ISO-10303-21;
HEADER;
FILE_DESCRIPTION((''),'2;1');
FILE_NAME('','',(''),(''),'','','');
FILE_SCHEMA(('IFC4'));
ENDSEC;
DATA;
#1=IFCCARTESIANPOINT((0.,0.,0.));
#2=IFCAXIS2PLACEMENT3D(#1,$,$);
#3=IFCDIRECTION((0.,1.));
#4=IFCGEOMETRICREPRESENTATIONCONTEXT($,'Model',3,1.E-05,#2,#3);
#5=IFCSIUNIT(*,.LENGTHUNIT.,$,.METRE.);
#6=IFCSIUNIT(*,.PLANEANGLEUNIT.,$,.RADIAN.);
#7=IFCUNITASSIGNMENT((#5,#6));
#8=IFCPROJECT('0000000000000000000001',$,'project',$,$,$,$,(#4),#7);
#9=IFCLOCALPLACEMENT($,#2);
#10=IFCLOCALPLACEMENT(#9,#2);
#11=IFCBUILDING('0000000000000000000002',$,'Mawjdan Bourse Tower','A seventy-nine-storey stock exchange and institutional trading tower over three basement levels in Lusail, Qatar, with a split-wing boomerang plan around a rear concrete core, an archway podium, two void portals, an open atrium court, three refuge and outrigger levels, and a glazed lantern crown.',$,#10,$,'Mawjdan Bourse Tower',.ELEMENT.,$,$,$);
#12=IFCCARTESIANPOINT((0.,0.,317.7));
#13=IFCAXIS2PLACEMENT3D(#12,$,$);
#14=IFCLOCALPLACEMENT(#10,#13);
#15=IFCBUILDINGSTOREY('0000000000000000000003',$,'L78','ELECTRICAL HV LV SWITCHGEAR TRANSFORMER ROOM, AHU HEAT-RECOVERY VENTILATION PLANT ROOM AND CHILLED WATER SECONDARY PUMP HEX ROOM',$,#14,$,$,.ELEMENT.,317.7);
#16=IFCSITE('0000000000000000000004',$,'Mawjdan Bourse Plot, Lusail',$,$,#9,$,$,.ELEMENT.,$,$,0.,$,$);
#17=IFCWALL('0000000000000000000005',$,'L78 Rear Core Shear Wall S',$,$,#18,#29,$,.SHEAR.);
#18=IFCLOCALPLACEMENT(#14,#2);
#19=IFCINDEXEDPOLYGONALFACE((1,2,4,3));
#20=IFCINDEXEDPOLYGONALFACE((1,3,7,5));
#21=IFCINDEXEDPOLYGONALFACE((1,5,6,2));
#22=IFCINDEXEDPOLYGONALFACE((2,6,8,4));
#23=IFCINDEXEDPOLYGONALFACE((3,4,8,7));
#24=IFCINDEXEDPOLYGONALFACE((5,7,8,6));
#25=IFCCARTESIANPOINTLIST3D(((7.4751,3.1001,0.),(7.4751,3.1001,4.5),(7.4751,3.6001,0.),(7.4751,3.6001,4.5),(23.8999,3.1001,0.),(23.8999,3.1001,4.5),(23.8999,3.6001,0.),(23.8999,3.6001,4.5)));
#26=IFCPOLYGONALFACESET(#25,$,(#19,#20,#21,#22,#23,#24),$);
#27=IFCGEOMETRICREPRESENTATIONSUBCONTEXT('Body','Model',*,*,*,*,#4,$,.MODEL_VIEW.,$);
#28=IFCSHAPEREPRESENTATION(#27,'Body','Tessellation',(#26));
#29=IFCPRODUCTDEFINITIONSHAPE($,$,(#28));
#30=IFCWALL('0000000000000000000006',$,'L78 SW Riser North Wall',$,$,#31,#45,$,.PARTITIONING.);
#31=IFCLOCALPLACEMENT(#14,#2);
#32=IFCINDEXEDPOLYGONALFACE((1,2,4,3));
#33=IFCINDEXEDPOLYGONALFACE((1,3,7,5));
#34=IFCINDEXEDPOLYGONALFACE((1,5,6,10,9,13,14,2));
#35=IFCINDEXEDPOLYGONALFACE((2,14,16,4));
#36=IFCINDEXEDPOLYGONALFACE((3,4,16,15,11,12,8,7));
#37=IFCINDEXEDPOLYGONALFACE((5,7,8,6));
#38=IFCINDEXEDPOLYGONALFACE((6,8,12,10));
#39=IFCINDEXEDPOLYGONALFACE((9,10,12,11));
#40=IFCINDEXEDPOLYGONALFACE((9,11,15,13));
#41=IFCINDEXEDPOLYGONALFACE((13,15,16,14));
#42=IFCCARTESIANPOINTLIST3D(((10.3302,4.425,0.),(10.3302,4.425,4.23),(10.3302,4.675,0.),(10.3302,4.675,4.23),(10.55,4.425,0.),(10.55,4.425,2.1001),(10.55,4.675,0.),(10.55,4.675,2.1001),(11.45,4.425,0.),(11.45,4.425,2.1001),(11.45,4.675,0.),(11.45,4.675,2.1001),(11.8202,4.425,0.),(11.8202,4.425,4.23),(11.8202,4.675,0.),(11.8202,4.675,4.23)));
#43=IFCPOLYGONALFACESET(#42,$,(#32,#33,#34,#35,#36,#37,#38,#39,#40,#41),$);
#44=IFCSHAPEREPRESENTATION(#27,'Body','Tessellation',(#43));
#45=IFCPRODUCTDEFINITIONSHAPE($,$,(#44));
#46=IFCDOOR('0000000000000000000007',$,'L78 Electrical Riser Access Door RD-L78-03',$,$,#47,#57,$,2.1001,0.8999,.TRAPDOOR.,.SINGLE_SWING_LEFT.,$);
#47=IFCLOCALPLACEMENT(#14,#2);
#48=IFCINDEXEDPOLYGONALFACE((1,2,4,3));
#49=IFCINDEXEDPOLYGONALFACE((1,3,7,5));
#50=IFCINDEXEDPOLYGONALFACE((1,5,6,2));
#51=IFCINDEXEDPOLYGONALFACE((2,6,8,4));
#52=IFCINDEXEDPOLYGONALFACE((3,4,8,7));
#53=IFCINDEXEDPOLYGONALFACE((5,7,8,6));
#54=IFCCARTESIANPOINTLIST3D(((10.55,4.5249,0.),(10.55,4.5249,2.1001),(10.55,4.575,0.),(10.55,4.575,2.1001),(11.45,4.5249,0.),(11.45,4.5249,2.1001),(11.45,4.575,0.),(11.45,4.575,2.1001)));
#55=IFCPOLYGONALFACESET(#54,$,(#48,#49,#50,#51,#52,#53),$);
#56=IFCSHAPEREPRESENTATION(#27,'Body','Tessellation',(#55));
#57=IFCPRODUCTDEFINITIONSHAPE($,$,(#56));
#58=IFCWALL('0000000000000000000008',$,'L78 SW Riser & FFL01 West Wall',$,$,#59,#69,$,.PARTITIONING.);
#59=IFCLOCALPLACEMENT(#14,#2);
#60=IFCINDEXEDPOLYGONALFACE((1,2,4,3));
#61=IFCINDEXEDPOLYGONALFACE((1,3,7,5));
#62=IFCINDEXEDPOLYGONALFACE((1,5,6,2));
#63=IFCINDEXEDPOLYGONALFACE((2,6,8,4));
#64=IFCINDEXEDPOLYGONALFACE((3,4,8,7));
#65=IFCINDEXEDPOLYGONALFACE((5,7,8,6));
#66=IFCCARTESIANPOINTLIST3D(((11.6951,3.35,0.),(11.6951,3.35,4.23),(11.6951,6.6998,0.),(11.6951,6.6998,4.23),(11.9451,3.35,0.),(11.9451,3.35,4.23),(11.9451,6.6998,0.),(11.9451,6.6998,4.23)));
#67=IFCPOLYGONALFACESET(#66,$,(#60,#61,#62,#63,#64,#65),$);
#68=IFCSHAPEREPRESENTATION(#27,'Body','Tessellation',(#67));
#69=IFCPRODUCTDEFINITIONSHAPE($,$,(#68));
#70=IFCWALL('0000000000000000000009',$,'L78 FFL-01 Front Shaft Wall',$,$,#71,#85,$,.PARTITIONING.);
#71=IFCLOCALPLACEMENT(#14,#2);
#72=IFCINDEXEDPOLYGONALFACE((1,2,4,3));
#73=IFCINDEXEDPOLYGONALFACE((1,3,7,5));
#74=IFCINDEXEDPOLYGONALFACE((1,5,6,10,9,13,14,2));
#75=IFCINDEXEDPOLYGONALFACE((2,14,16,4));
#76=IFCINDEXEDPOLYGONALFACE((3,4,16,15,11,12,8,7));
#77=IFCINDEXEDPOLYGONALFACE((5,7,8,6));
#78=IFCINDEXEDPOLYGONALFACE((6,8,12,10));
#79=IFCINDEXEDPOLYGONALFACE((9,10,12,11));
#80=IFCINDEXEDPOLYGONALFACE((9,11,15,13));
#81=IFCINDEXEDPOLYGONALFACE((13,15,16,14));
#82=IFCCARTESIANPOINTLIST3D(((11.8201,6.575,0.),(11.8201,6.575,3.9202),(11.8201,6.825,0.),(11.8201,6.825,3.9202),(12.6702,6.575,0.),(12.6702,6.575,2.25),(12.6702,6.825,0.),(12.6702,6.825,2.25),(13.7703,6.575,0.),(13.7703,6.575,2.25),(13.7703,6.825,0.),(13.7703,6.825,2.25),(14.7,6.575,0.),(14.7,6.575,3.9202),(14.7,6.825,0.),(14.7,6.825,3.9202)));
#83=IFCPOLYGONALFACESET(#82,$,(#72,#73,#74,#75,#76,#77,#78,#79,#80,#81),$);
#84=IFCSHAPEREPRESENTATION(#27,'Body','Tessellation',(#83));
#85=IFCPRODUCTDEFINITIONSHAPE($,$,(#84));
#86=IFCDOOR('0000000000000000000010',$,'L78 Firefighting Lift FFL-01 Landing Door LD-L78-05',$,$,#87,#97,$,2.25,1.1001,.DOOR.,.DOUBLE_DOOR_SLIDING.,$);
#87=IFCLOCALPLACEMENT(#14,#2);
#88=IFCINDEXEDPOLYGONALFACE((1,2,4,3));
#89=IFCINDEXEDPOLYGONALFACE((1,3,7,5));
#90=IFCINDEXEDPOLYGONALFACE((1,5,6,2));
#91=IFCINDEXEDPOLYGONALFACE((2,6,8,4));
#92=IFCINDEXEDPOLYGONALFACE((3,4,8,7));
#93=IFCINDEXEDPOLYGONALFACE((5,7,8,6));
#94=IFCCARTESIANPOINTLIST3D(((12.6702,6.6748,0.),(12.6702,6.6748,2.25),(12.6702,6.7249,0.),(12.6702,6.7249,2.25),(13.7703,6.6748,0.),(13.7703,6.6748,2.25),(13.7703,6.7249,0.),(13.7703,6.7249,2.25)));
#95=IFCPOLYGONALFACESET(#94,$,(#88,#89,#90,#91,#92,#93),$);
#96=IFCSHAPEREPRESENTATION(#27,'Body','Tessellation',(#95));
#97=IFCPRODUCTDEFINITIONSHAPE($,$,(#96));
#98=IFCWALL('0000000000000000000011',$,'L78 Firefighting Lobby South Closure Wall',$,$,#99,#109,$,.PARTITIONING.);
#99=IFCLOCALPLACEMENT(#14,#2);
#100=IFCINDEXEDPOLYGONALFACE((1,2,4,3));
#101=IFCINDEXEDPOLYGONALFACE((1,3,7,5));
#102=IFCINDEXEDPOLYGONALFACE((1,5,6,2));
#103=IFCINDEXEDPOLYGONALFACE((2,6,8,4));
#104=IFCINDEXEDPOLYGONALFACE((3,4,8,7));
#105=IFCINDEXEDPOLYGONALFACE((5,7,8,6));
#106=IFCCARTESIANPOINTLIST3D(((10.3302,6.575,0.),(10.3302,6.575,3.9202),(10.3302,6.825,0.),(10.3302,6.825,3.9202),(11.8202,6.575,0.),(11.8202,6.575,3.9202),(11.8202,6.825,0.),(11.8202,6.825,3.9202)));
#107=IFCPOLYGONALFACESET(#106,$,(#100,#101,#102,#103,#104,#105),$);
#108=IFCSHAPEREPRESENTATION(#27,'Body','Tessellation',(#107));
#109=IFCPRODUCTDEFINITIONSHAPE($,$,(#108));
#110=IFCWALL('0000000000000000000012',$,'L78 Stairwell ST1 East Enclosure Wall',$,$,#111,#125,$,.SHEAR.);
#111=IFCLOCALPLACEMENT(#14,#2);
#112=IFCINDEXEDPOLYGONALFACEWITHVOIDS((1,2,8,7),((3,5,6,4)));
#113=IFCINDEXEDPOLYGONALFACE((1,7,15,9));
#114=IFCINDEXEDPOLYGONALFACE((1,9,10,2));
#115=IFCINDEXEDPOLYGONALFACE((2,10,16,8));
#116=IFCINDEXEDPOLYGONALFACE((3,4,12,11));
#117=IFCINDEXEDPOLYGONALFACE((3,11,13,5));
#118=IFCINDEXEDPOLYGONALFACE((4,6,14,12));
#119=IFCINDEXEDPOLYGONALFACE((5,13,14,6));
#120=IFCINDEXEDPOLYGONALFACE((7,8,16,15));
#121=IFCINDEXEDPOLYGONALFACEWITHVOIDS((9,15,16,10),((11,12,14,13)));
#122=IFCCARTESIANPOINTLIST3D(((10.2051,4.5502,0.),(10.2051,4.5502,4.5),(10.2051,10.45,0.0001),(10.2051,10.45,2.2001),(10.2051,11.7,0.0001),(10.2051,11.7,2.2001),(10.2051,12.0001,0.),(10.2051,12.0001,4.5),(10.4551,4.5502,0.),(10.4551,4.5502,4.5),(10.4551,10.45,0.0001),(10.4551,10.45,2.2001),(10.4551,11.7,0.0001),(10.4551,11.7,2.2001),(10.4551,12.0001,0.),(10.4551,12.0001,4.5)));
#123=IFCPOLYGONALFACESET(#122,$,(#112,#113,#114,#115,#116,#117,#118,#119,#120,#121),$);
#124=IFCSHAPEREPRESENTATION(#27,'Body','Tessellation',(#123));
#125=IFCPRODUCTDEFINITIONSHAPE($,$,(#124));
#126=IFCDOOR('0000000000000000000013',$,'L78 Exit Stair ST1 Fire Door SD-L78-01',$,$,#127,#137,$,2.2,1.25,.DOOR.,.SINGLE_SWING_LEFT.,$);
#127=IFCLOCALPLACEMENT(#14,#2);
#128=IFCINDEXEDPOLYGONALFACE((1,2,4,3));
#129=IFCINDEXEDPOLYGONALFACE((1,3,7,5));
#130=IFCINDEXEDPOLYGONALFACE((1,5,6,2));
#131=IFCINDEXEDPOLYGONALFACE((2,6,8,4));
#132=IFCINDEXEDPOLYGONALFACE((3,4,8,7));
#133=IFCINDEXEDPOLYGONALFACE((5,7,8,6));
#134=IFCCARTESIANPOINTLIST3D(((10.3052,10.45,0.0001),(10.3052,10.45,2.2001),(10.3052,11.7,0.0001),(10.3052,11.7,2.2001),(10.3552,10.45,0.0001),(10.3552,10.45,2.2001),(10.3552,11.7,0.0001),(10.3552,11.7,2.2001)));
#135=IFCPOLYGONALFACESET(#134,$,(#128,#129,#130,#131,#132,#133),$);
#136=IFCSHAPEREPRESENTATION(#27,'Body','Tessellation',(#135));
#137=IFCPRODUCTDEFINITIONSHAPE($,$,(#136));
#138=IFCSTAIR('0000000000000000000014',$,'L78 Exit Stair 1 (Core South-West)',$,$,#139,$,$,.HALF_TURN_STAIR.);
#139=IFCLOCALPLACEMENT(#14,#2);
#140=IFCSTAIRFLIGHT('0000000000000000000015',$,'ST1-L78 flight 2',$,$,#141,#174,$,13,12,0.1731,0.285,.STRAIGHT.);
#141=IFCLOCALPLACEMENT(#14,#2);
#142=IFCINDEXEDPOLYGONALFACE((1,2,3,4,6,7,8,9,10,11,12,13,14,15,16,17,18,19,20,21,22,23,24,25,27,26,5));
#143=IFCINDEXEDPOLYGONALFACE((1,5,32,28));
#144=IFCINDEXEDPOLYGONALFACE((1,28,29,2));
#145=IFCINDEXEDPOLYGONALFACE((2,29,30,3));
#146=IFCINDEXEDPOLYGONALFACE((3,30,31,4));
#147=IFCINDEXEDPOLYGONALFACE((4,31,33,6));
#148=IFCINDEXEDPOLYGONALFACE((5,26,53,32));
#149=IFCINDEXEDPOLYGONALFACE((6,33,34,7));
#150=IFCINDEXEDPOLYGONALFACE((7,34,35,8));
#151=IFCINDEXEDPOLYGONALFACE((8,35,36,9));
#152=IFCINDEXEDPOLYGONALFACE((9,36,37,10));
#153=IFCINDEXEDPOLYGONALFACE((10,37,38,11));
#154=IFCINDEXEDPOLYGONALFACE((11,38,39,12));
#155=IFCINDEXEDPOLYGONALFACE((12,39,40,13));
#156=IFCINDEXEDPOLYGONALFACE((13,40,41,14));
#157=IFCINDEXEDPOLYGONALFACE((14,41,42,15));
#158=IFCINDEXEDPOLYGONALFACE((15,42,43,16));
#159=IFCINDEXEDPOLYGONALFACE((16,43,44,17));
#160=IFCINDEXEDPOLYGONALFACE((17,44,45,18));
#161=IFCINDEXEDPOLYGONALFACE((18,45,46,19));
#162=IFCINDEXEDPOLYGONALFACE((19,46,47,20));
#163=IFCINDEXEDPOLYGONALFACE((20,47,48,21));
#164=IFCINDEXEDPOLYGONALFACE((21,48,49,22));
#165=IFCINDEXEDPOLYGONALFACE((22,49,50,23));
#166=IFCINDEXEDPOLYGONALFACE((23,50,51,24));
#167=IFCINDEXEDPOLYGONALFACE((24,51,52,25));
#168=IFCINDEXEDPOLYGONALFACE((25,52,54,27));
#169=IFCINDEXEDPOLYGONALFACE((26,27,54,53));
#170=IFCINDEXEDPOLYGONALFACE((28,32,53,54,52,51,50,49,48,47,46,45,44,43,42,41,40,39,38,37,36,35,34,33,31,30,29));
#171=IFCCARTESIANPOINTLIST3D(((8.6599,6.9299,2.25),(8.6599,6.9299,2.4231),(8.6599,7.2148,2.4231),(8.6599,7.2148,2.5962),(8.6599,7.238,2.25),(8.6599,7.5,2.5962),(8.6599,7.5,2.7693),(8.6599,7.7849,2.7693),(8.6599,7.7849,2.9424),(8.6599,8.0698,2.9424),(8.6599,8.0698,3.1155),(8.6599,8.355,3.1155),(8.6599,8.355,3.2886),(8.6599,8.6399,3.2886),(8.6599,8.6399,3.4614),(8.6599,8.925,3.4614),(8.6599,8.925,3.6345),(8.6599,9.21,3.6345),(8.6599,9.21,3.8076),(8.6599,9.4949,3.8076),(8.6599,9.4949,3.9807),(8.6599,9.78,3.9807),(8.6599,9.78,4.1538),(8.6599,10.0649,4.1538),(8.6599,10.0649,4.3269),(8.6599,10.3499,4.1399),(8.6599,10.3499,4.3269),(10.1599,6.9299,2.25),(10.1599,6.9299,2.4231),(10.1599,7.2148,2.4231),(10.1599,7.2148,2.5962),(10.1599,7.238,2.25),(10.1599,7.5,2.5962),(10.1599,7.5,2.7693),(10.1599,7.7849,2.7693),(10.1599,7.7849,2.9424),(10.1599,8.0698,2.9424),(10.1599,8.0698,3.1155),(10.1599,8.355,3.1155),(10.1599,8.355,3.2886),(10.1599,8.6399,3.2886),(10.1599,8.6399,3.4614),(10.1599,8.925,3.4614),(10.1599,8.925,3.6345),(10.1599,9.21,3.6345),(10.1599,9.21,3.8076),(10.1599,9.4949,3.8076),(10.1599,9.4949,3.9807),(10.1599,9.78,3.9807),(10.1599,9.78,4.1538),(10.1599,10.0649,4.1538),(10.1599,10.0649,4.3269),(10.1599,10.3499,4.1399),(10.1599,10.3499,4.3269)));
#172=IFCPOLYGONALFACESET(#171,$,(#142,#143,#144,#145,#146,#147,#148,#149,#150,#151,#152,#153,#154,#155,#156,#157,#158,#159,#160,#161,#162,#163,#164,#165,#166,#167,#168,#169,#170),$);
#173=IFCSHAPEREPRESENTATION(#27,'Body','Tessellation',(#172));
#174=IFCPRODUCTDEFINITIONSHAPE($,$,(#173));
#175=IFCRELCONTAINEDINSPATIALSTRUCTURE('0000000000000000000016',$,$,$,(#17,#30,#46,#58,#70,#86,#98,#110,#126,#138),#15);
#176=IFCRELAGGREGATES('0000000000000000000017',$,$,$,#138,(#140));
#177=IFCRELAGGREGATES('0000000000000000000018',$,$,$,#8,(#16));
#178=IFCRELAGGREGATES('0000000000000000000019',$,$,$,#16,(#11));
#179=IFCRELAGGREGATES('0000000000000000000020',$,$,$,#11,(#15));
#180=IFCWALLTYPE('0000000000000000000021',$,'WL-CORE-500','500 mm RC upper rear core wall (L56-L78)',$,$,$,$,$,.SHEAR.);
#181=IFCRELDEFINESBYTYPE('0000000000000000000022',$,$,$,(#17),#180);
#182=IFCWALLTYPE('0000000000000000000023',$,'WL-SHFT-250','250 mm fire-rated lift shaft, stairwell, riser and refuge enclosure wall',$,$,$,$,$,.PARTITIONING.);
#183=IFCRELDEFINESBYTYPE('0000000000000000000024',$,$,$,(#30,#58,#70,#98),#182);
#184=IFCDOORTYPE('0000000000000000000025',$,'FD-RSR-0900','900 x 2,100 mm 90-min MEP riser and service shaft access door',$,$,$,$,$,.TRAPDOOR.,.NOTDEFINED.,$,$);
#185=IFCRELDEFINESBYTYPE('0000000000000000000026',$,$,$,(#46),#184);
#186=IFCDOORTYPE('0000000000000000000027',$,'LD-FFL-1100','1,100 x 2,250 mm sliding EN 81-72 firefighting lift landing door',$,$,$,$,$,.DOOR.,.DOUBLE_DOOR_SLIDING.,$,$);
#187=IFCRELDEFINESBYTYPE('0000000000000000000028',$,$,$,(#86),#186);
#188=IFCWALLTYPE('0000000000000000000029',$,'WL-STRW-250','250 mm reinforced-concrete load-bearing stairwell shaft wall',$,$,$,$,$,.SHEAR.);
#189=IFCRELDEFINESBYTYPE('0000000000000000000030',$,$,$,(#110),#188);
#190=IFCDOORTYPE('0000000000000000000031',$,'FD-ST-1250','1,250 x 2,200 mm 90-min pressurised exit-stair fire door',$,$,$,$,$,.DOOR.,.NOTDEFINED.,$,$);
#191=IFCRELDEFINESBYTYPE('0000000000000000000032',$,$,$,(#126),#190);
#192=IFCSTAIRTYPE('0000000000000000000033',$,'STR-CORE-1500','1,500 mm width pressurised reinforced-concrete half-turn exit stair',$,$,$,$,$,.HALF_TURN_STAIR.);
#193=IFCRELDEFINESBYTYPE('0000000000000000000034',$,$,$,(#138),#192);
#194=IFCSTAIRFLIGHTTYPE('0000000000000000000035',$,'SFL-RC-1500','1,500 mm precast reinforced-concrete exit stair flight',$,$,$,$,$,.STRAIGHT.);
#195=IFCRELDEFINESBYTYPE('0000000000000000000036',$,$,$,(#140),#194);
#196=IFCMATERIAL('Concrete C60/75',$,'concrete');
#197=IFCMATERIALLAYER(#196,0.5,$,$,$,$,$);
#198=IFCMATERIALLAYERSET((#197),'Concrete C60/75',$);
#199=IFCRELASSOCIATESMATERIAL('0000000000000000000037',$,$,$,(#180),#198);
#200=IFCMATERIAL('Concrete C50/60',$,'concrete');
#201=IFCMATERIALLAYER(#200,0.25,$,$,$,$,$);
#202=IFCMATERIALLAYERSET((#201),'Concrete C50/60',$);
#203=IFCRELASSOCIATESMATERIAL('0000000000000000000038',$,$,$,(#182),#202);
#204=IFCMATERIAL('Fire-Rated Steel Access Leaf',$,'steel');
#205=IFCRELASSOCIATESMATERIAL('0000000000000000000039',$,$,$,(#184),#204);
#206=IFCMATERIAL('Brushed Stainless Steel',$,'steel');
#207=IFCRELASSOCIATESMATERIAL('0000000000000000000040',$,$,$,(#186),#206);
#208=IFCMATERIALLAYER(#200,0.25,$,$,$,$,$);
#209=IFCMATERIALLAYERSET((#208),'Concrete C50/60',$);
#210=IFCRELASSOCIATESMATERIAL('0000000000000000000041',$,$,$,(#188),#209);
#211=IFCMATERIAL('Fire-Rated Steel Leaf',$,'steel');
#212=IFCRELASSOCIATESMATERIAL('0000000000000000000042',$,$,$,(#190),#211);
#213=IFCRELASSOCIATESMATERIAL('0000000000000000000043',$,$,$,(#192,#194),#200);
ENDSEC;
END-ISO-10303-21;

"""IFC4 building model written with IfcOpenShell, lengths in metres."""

from ifc_helpers import new_model, si_unit, direction, frame, frame_2d, origin, place, context, subcontext, project, spatial, polyline, rectangle, outline, extrude, material, layer, layer_set, type_object, element, fill, aggregate, save


model = new_model("IFC4")

# Units and contexts
model_context = context("Model", 3, precision=1e-05, world=origin(), true_north=direction((0.0, 1.0)))
body_context = subcontext(model_context, "Body", "Model", "MODEL_VIEW")
ifc_project = project(units=[si_unit("LENGTHUNIT", "METRE"), si_unit("PLANEANGLEUNIT", "RADIAN")], contexts=[model_context])

# Site, building, storey
site_placement = place(None, origin())
site = spatial("IfcSite", under=ifc_project, at=site_placement, Name="Mawjdan Bourse Plot, Lusail", CompositionType="ELEMENT", RefElevation=0.0)
building_placement = place(site_placement, origin())
building = spatial("IfcBuilding", under=site, at=building_placement, Name="Mawjdan Bourse Tower", Description="A seventy-nine-storey stock exchange and institutional trading tower over three basement levels in Lusail, Qatar, with a split-wing boomerang plan around a rear concrete core, an archway podium, two void portals, an open atrium court, three refuge and outrigger levels, and a glazed lantern crown.", LongName="Mawjdan Bourse Tower", CompositionType="ELEMENT")
storey_placement = place(building_placement, frame((0.0, 0.0, 317.7)))
storey = spatial("IfcBuildingStorey", under=building, at=storey_placement, Name="L78", Description="ELECTRICAL HV LV SWITCHGEAR TRANSFORMER ROOM, AHU HEAT-RECOVERY VENTILATION PLANT ROOM AND CHILLED WATER SECONDARY PUMP HEX ROOM", CompositionType="ELEMENT", Elevation=317.7)

# Wall
ifc_material_1 = material(Name="Concrete C60/75", Category="concrete")
ifc_layer_1 = layer(ifc_material_1, 0.5)
ifc_layer_set_1 = layer_set([ifc_layer_1], Name="Concrete C60/75")
wall_type_1 = type_object("IfcWallType", Name="WL-CORE-500", Description="500 mm RC upper rear core wall (L56-L78)", PredefinedType="SHEAR", material=ifc_layer_set_1)
wall_1_placement = place(storey_placement, frame((7.4751, 3.3501, 0.0), z_axis=(0.0, 0.0, 1.0), x_axis=(1.0, 0.0, 0.0)))
element("IfcWall", 1, at=wall_1_placement, inside=storey, type_object=wall_type_1, Name="L78 Rear Core Shear Wall S", PredefinedType="SHEAR", context=body_context, shape_type="SweptSolid", body=[
    extrude(rectangle(XDim=16.4248, YDim=0.5, at=frame_2d((8.2124, 0.0))), origin(), (0.0, 0.0, 1.0), 4.5),
])

# Wall, opening, door
ifc_material_2 = material(Name="Concrete C50/60", Category="concrete")
ifc_layer_2 = layer(ifc_material_2, 0.25)
ifc_layer_set_2 = layer_set([ifc_layer_2], Name="Concrete C50/60")
wall_type_2 = type_object("IfcWallType", Name="WL-SHFT-250", Description="250 mm fire-rated lift shaft, stairwell, riser and refuge enclosure wall", PredefinedType="PARTITIONING", material=ifc_layer_set_2)
wall_2_placement = place(storey_placement, frame((10.3301, 4.55, 0.0), z_axis=(0.0, 0.0, 1.0), x_axis=(1.0, 0.0, 0.0)))
wall_2 = element("IfcWall", 2, at=wall_2_placement, inside=storey, type_object=wall_type_2, Name="L78 SW Riser North Wall", PredefinedType="PARTITIONING", context=body_context, shape_type="SweptSolid", body=[
    extrude(rectangle(XDim=1.49, YDim=0.25, at=frame_2d((0.7451, 0.0))), origin(), (0.0, 0.0, 1.0), 4.23),
])
opening_1_placement = place(wall_2_placement, frame((0.22, 0.0, 0.0)))
opening_1 = element("IfcOpeningElement", 3, at=opening_1_placement, cuts=wall_2, PredefinedType="OPENING", context=body_context, shape_type="SweptSolid", body=[
    extrude(rectangle(XDim=0.8999, YDim=2.1001, at=frame_2d((0.45, 1.05))), frame((0.0, 0.135, 0.0), z_axis=(0.0, -1.0, 0.0), x_axis=(1.0, 0.0, 0.0)), (0.0, 0.0, 1.0), 0.27),
])
ifc_material_3 = material(Name="Fire-Rated Steel Access Leaf", Category="steel")
door_type_1 = type_object("IfcDoorType", Name="FD-RSR-0900", Description="900 x 2,100 mm 90-min MEP riser and service shaft access door", OperationType="NOTDEFINED", PredefinedType="TRAPDOOR", material=ifc_material_3)
door_1_placement = place(opening_1_placement, origin())
door_1 = element("IfcDoor", 4, at=door_1_placement, inside=storey, type_object=door_type_1, Name="L78 Electrical Riser Access Door RD-L78-03", OperationType="SINGLE_SWING_LEFT", OverallHeight=2.1001, OverallWidth=0.8999, PredefinedType="TRAPDOOR", context=body_context, shape_type="SweptSolid", body=[
    extrude(rectangle(XDim=0.8999, YDim=2.1001, at=frame_2d((0.45, 1.05))), frame((0.0, 0.0249, 0.0), z_axis=(0.0, -1.0, 0.0), x_axis=(1.0, 0.0, 0.0)), (0.0, 0.0, 1.0), 0.05),
])
fill(opening_1, door_1)

# Wall
wall_3_placement = place(storey_placement, frame((11.8201, 3.3501, 0.0), z_axis=(0.0, 0.0, 1.0), x_axis=(0.0, 1.0, 0.0)))
element("IfcWall", 5, at=wall_3_placement, inside=storey, type_object=wall_type_2, Name="L78 SW Riser & FFL01 West Wall", PredefinedType="PARTITIONING", context=body_context, shape_type="SweptSolid", body=[
    extrude(rectangle(XDim=3.3499, YDim=0.25, at=frame_2d((1.6748, 0.0))), origin(), (0.0, 0.0, 1.0), 4.23),
])

# Wall, opening, door
wall_4_placement = place(storey_placement, frame((11.8201, 6.7, 0.0), z_axis=(0.0, 0.0, 1.0), x_axis=(1.0, 0.0, 0.0)))
wall_4 = element("IfcWall", 6, at=wall_4_placement, inside=storey, type_object=wall_type_2, Name="L78 FFL-01 Front Shaft Wall", PredefinedType="PARTITIONING", context=body_context, shape_type="SweptSolid", body=[
    extrude(rectangle(XDim=2.8799, YDim=0.25, at=frame_2d((1.4399, 0.0))), origin(), (0.0, 0.0, 1.0), 3.9202),
])
opening_2_placement = place(wall_4_placement, frame((0.8501, 0.0, 0.0)))
opening_2 = element("IfcOpeningElement", 7, at=opening_2_placement, cuts=wall_4, PredefinedType="OPENING", context=body_context, shape_type="SweptSolid", body=[
    extrude(rectangle(XDim=1.1001, YDim=2.25, at=frame_2d((0.55, 1.125))), frame((0.0, 0.135, 0.0), z_axis=(0.0, -1.0, 0.0), x_axis=(1.0, 0.0, 0.0)), (0.0, 0.0, 1.0), 0.27),
])
ifc_material_4 = material(Name="Brushed Stainless Steel", Category="steel")
door_type_2 = type_object("IfcDoorType", Name="LD-FFL-1100", Description="1,100 x 2,250 mm sliding EN 81-72 firefighting lift landing door", OperationType="DOUBLE_DOOR_SLIDING", PredefinedType="DOOR", material=ifc_material_4)
door_2_placement = place(opening_2_placement, origin())
door_2 = element("IfcDoor", 8, at=door_2_placement, inside=storey, type_object=door_type_2, Name="L78 Firefighting Lift FFL-01 Landing Door LD-L78-05", OperationType="DOUBLE_DOOR_SLIDING", OverallHeight=2.25, OverallWidth=1.1001, PredefinedType="DOOR", context=body_context, shape_type="SweptSolid", body=[
    extrude(rectangle(XDim=1.1001, YDim=2.25, at=frame_2d((0.55, 1.125))), frame((0.0, 0.0249, 0.0), z_axis=(0.0, -1.0, 0.0), x_axis=(1.0, 0.0, 0.0)), (0.0, 0.0, 1.0), 0.05),
])
fill(opening_2, door_2)

# Wall
wall_5_placement = place(storey_placement, frame((10.3301, 6.7, 0.0), z_axis=(0.0, 0.0, 1.0), x_axis=(1.0, 0.0, 0.0)))
element("IfcWall", 9, at=wall_5_placement, inside=storey, type_object=wall_type_2, Name="L78 Firefighting Lobby South Closure Wall", PredefinedType="PARTITIONING", context=body_context, shape_type="SweptSolid", body=[
    extrude(rectangle(XDim=1.49, YDim=0.25, at=frame_2d((0.7451, 0.0))), origin(), (0.0, 0.0, 1.0), 3.9202),
])
ifc_layer_3 = layer(ifc_material_2, 0.25)
ifc_layer_set_3 = layer_set([ifc_layer_3], Name="Concrete C50/60")
wall_type_3 = type_object("IfcWallType", Name="WL-STRW-250", Description="250 mm reinforced-concrete load-bearing stairwell shaft wall", PredefinedType="SHEAR", material=ifc_layer_set_3)

# Wall, opening, door
wall_6_placement = place(storey_placement, frame((10.3301, 4.55, 0.0), z_axis=(0.0, 0.0, 1.0), x_axis=(0.0, 1.0, 0.0)))
wall_6 = element("IfcWall", 10, at=wall_6_placement, inside=storey, type_object=wall_type_3, Name="L78 Stairwell ST1 East Enclosure Wall", PredefinedType="SHEAR", context=body_context, shape_type="SweptSolid", body=[
    extrude(rectangle(XDim=7.45, YDim=0.25, at=frame_2d((3.7251, 0.0))), origin(), (0.0, 0.0, 1.0), 4.5),
])
opening_3_placement = place(wall_6_placement, frame((5.8999, 0.0, 0.0)))
opening_3 = element("IfcOpeningElement", 11, at=opening_3_placement, cuts=wall_6, PredefinedType="OPENING", context=body_context, shape_type="SweptSolid", body=[
    extrude(rectangle(XDim=1.25, YDim=2.2, at=frame_2d((0.625, 1.1001))), frame((0.0, 0.135, 0.0), z_axis=(0.0, -1.0, 0.0), x_axis=(1.0, 0.0, 0.0)), (0.0, 0.0, 1.0), 0.27),
])
ifc_material_5 = material(Name="Fire-Rated Steel Leaf", Category="steel")
door_type_3 = type_object("IfcDoorType", Name="FD-ST-1250", Description="1,250 x 2,200 mm 90-min pressurised exit-stair fire door", OperationType="NOTDEFINED", PredefinedType="DOOR", material=ifc_material_5)
door_3_placement = place(opening_3_placement, origin())
door_3 = element("IfcDoor", 12, at=door_3_placement, inside=storey, type_object=door_type_3, Name="L78 Exit Stair ST1 Fire Door SD-L78-01", OperationType="SINGLE_SWING_LEFT", OverallHeight=2.2, OverallWidth=1.25, PredefinedType="DOOR", context=body_context, shape_type="SweptSolid", body=[
    extrude(rectangle(XDim=1.25, YDim=2.2, at=frame_2d((0.625, 1.1001))), frame((0.0, 0.0249, 0.0), z_axis=(0.0, -1.0, 0.0), x_axis=(1.0, 0.0, 0.0)), (0.0, 0.0, 1.0), 0.05),
])
fill(opening_3, door_3)

# Stair, stair flight
stair_type = type_object("IfcStairType", Name="STR-CORE-1500", Description="1,500 mm width pressurised reinforced-concrete half-turn exit stair", PredefinedType="HALF_TURN_STAIR", material=ifc_material_2)
stair_placement = place(storey_placement, origin())
stair = element("IfcStair", 13, at=stair_placement, inside=storey, type_object=stair_type, Name="L78 Exit Stair 1 (Core South-West)", PredefinedType="HALF_TURN_STAIR")
stair_flight_type = type_object("IfcStairFlightType", Name="SFL-RC-1500", Description="1,500 mm precast reinforced-concrete exit stair flight", PredefinedType="STRAIGHT", material=ifc_material_2)
stair_flight_placement = place(storey_placement, frame((9.4099, 6.9299, 2.25), z_axis=(0.0, 0.0, 1.0), x_axis=(0.0, 1.0, 0.0)))
stair_flight = element("IfcStairFlight", 14, at=stair_flight_placement, type_object=stair_flight_type, Name="ST1-L78 flight 2", NumberOfRisers=13, NumberOfTreads=12, PredefinedType="STRAIGHT", RiserHeight=0.1731, TreadLength=0.285, context=body_context, shape_type="SweptSolid", body=[
    extrude(outline(polyline([(0.0, 0.0), (0.0, 0.1731), (0.2849, 0.1731), (0.2849, 0.3462), (0.5701, 0.3462), (0.5701, 0.5193), (0.855, 0.5193), (0.855, 0.6924), (1.1399, 0.6924), (1.1399, 0.8655), (1.425, 0.8655), (1.425, 1.0386), (1.71, 1.0386), (1.71, 1.2114), (1.9951, 1.2114), (1.9951, 1.3845), (2.28, 1.3845), (2.28, 1.5576), (2.5649, 1.5576), (2.5649, 1.7307), (2.8501, 1.7307), (2.8501, 1.9038), (3.135, 1.9038), (3.135, 2.0769), (3.4199, 2.0769), (3.4199, 2.25), (3.4199, 1.8899), (0.3081, 0.0), (0.0, 0.0)])), frame((0.0, 0.75, 0.0), z_axis=(0.0, -1.0, 0.0), x_axis=(1.0, 0.0, 0.0)), (0.0, 0.0, 1.0), 1.5),
])
aggregate(stair, [stair_flight])

save(model, "model.ifc")
